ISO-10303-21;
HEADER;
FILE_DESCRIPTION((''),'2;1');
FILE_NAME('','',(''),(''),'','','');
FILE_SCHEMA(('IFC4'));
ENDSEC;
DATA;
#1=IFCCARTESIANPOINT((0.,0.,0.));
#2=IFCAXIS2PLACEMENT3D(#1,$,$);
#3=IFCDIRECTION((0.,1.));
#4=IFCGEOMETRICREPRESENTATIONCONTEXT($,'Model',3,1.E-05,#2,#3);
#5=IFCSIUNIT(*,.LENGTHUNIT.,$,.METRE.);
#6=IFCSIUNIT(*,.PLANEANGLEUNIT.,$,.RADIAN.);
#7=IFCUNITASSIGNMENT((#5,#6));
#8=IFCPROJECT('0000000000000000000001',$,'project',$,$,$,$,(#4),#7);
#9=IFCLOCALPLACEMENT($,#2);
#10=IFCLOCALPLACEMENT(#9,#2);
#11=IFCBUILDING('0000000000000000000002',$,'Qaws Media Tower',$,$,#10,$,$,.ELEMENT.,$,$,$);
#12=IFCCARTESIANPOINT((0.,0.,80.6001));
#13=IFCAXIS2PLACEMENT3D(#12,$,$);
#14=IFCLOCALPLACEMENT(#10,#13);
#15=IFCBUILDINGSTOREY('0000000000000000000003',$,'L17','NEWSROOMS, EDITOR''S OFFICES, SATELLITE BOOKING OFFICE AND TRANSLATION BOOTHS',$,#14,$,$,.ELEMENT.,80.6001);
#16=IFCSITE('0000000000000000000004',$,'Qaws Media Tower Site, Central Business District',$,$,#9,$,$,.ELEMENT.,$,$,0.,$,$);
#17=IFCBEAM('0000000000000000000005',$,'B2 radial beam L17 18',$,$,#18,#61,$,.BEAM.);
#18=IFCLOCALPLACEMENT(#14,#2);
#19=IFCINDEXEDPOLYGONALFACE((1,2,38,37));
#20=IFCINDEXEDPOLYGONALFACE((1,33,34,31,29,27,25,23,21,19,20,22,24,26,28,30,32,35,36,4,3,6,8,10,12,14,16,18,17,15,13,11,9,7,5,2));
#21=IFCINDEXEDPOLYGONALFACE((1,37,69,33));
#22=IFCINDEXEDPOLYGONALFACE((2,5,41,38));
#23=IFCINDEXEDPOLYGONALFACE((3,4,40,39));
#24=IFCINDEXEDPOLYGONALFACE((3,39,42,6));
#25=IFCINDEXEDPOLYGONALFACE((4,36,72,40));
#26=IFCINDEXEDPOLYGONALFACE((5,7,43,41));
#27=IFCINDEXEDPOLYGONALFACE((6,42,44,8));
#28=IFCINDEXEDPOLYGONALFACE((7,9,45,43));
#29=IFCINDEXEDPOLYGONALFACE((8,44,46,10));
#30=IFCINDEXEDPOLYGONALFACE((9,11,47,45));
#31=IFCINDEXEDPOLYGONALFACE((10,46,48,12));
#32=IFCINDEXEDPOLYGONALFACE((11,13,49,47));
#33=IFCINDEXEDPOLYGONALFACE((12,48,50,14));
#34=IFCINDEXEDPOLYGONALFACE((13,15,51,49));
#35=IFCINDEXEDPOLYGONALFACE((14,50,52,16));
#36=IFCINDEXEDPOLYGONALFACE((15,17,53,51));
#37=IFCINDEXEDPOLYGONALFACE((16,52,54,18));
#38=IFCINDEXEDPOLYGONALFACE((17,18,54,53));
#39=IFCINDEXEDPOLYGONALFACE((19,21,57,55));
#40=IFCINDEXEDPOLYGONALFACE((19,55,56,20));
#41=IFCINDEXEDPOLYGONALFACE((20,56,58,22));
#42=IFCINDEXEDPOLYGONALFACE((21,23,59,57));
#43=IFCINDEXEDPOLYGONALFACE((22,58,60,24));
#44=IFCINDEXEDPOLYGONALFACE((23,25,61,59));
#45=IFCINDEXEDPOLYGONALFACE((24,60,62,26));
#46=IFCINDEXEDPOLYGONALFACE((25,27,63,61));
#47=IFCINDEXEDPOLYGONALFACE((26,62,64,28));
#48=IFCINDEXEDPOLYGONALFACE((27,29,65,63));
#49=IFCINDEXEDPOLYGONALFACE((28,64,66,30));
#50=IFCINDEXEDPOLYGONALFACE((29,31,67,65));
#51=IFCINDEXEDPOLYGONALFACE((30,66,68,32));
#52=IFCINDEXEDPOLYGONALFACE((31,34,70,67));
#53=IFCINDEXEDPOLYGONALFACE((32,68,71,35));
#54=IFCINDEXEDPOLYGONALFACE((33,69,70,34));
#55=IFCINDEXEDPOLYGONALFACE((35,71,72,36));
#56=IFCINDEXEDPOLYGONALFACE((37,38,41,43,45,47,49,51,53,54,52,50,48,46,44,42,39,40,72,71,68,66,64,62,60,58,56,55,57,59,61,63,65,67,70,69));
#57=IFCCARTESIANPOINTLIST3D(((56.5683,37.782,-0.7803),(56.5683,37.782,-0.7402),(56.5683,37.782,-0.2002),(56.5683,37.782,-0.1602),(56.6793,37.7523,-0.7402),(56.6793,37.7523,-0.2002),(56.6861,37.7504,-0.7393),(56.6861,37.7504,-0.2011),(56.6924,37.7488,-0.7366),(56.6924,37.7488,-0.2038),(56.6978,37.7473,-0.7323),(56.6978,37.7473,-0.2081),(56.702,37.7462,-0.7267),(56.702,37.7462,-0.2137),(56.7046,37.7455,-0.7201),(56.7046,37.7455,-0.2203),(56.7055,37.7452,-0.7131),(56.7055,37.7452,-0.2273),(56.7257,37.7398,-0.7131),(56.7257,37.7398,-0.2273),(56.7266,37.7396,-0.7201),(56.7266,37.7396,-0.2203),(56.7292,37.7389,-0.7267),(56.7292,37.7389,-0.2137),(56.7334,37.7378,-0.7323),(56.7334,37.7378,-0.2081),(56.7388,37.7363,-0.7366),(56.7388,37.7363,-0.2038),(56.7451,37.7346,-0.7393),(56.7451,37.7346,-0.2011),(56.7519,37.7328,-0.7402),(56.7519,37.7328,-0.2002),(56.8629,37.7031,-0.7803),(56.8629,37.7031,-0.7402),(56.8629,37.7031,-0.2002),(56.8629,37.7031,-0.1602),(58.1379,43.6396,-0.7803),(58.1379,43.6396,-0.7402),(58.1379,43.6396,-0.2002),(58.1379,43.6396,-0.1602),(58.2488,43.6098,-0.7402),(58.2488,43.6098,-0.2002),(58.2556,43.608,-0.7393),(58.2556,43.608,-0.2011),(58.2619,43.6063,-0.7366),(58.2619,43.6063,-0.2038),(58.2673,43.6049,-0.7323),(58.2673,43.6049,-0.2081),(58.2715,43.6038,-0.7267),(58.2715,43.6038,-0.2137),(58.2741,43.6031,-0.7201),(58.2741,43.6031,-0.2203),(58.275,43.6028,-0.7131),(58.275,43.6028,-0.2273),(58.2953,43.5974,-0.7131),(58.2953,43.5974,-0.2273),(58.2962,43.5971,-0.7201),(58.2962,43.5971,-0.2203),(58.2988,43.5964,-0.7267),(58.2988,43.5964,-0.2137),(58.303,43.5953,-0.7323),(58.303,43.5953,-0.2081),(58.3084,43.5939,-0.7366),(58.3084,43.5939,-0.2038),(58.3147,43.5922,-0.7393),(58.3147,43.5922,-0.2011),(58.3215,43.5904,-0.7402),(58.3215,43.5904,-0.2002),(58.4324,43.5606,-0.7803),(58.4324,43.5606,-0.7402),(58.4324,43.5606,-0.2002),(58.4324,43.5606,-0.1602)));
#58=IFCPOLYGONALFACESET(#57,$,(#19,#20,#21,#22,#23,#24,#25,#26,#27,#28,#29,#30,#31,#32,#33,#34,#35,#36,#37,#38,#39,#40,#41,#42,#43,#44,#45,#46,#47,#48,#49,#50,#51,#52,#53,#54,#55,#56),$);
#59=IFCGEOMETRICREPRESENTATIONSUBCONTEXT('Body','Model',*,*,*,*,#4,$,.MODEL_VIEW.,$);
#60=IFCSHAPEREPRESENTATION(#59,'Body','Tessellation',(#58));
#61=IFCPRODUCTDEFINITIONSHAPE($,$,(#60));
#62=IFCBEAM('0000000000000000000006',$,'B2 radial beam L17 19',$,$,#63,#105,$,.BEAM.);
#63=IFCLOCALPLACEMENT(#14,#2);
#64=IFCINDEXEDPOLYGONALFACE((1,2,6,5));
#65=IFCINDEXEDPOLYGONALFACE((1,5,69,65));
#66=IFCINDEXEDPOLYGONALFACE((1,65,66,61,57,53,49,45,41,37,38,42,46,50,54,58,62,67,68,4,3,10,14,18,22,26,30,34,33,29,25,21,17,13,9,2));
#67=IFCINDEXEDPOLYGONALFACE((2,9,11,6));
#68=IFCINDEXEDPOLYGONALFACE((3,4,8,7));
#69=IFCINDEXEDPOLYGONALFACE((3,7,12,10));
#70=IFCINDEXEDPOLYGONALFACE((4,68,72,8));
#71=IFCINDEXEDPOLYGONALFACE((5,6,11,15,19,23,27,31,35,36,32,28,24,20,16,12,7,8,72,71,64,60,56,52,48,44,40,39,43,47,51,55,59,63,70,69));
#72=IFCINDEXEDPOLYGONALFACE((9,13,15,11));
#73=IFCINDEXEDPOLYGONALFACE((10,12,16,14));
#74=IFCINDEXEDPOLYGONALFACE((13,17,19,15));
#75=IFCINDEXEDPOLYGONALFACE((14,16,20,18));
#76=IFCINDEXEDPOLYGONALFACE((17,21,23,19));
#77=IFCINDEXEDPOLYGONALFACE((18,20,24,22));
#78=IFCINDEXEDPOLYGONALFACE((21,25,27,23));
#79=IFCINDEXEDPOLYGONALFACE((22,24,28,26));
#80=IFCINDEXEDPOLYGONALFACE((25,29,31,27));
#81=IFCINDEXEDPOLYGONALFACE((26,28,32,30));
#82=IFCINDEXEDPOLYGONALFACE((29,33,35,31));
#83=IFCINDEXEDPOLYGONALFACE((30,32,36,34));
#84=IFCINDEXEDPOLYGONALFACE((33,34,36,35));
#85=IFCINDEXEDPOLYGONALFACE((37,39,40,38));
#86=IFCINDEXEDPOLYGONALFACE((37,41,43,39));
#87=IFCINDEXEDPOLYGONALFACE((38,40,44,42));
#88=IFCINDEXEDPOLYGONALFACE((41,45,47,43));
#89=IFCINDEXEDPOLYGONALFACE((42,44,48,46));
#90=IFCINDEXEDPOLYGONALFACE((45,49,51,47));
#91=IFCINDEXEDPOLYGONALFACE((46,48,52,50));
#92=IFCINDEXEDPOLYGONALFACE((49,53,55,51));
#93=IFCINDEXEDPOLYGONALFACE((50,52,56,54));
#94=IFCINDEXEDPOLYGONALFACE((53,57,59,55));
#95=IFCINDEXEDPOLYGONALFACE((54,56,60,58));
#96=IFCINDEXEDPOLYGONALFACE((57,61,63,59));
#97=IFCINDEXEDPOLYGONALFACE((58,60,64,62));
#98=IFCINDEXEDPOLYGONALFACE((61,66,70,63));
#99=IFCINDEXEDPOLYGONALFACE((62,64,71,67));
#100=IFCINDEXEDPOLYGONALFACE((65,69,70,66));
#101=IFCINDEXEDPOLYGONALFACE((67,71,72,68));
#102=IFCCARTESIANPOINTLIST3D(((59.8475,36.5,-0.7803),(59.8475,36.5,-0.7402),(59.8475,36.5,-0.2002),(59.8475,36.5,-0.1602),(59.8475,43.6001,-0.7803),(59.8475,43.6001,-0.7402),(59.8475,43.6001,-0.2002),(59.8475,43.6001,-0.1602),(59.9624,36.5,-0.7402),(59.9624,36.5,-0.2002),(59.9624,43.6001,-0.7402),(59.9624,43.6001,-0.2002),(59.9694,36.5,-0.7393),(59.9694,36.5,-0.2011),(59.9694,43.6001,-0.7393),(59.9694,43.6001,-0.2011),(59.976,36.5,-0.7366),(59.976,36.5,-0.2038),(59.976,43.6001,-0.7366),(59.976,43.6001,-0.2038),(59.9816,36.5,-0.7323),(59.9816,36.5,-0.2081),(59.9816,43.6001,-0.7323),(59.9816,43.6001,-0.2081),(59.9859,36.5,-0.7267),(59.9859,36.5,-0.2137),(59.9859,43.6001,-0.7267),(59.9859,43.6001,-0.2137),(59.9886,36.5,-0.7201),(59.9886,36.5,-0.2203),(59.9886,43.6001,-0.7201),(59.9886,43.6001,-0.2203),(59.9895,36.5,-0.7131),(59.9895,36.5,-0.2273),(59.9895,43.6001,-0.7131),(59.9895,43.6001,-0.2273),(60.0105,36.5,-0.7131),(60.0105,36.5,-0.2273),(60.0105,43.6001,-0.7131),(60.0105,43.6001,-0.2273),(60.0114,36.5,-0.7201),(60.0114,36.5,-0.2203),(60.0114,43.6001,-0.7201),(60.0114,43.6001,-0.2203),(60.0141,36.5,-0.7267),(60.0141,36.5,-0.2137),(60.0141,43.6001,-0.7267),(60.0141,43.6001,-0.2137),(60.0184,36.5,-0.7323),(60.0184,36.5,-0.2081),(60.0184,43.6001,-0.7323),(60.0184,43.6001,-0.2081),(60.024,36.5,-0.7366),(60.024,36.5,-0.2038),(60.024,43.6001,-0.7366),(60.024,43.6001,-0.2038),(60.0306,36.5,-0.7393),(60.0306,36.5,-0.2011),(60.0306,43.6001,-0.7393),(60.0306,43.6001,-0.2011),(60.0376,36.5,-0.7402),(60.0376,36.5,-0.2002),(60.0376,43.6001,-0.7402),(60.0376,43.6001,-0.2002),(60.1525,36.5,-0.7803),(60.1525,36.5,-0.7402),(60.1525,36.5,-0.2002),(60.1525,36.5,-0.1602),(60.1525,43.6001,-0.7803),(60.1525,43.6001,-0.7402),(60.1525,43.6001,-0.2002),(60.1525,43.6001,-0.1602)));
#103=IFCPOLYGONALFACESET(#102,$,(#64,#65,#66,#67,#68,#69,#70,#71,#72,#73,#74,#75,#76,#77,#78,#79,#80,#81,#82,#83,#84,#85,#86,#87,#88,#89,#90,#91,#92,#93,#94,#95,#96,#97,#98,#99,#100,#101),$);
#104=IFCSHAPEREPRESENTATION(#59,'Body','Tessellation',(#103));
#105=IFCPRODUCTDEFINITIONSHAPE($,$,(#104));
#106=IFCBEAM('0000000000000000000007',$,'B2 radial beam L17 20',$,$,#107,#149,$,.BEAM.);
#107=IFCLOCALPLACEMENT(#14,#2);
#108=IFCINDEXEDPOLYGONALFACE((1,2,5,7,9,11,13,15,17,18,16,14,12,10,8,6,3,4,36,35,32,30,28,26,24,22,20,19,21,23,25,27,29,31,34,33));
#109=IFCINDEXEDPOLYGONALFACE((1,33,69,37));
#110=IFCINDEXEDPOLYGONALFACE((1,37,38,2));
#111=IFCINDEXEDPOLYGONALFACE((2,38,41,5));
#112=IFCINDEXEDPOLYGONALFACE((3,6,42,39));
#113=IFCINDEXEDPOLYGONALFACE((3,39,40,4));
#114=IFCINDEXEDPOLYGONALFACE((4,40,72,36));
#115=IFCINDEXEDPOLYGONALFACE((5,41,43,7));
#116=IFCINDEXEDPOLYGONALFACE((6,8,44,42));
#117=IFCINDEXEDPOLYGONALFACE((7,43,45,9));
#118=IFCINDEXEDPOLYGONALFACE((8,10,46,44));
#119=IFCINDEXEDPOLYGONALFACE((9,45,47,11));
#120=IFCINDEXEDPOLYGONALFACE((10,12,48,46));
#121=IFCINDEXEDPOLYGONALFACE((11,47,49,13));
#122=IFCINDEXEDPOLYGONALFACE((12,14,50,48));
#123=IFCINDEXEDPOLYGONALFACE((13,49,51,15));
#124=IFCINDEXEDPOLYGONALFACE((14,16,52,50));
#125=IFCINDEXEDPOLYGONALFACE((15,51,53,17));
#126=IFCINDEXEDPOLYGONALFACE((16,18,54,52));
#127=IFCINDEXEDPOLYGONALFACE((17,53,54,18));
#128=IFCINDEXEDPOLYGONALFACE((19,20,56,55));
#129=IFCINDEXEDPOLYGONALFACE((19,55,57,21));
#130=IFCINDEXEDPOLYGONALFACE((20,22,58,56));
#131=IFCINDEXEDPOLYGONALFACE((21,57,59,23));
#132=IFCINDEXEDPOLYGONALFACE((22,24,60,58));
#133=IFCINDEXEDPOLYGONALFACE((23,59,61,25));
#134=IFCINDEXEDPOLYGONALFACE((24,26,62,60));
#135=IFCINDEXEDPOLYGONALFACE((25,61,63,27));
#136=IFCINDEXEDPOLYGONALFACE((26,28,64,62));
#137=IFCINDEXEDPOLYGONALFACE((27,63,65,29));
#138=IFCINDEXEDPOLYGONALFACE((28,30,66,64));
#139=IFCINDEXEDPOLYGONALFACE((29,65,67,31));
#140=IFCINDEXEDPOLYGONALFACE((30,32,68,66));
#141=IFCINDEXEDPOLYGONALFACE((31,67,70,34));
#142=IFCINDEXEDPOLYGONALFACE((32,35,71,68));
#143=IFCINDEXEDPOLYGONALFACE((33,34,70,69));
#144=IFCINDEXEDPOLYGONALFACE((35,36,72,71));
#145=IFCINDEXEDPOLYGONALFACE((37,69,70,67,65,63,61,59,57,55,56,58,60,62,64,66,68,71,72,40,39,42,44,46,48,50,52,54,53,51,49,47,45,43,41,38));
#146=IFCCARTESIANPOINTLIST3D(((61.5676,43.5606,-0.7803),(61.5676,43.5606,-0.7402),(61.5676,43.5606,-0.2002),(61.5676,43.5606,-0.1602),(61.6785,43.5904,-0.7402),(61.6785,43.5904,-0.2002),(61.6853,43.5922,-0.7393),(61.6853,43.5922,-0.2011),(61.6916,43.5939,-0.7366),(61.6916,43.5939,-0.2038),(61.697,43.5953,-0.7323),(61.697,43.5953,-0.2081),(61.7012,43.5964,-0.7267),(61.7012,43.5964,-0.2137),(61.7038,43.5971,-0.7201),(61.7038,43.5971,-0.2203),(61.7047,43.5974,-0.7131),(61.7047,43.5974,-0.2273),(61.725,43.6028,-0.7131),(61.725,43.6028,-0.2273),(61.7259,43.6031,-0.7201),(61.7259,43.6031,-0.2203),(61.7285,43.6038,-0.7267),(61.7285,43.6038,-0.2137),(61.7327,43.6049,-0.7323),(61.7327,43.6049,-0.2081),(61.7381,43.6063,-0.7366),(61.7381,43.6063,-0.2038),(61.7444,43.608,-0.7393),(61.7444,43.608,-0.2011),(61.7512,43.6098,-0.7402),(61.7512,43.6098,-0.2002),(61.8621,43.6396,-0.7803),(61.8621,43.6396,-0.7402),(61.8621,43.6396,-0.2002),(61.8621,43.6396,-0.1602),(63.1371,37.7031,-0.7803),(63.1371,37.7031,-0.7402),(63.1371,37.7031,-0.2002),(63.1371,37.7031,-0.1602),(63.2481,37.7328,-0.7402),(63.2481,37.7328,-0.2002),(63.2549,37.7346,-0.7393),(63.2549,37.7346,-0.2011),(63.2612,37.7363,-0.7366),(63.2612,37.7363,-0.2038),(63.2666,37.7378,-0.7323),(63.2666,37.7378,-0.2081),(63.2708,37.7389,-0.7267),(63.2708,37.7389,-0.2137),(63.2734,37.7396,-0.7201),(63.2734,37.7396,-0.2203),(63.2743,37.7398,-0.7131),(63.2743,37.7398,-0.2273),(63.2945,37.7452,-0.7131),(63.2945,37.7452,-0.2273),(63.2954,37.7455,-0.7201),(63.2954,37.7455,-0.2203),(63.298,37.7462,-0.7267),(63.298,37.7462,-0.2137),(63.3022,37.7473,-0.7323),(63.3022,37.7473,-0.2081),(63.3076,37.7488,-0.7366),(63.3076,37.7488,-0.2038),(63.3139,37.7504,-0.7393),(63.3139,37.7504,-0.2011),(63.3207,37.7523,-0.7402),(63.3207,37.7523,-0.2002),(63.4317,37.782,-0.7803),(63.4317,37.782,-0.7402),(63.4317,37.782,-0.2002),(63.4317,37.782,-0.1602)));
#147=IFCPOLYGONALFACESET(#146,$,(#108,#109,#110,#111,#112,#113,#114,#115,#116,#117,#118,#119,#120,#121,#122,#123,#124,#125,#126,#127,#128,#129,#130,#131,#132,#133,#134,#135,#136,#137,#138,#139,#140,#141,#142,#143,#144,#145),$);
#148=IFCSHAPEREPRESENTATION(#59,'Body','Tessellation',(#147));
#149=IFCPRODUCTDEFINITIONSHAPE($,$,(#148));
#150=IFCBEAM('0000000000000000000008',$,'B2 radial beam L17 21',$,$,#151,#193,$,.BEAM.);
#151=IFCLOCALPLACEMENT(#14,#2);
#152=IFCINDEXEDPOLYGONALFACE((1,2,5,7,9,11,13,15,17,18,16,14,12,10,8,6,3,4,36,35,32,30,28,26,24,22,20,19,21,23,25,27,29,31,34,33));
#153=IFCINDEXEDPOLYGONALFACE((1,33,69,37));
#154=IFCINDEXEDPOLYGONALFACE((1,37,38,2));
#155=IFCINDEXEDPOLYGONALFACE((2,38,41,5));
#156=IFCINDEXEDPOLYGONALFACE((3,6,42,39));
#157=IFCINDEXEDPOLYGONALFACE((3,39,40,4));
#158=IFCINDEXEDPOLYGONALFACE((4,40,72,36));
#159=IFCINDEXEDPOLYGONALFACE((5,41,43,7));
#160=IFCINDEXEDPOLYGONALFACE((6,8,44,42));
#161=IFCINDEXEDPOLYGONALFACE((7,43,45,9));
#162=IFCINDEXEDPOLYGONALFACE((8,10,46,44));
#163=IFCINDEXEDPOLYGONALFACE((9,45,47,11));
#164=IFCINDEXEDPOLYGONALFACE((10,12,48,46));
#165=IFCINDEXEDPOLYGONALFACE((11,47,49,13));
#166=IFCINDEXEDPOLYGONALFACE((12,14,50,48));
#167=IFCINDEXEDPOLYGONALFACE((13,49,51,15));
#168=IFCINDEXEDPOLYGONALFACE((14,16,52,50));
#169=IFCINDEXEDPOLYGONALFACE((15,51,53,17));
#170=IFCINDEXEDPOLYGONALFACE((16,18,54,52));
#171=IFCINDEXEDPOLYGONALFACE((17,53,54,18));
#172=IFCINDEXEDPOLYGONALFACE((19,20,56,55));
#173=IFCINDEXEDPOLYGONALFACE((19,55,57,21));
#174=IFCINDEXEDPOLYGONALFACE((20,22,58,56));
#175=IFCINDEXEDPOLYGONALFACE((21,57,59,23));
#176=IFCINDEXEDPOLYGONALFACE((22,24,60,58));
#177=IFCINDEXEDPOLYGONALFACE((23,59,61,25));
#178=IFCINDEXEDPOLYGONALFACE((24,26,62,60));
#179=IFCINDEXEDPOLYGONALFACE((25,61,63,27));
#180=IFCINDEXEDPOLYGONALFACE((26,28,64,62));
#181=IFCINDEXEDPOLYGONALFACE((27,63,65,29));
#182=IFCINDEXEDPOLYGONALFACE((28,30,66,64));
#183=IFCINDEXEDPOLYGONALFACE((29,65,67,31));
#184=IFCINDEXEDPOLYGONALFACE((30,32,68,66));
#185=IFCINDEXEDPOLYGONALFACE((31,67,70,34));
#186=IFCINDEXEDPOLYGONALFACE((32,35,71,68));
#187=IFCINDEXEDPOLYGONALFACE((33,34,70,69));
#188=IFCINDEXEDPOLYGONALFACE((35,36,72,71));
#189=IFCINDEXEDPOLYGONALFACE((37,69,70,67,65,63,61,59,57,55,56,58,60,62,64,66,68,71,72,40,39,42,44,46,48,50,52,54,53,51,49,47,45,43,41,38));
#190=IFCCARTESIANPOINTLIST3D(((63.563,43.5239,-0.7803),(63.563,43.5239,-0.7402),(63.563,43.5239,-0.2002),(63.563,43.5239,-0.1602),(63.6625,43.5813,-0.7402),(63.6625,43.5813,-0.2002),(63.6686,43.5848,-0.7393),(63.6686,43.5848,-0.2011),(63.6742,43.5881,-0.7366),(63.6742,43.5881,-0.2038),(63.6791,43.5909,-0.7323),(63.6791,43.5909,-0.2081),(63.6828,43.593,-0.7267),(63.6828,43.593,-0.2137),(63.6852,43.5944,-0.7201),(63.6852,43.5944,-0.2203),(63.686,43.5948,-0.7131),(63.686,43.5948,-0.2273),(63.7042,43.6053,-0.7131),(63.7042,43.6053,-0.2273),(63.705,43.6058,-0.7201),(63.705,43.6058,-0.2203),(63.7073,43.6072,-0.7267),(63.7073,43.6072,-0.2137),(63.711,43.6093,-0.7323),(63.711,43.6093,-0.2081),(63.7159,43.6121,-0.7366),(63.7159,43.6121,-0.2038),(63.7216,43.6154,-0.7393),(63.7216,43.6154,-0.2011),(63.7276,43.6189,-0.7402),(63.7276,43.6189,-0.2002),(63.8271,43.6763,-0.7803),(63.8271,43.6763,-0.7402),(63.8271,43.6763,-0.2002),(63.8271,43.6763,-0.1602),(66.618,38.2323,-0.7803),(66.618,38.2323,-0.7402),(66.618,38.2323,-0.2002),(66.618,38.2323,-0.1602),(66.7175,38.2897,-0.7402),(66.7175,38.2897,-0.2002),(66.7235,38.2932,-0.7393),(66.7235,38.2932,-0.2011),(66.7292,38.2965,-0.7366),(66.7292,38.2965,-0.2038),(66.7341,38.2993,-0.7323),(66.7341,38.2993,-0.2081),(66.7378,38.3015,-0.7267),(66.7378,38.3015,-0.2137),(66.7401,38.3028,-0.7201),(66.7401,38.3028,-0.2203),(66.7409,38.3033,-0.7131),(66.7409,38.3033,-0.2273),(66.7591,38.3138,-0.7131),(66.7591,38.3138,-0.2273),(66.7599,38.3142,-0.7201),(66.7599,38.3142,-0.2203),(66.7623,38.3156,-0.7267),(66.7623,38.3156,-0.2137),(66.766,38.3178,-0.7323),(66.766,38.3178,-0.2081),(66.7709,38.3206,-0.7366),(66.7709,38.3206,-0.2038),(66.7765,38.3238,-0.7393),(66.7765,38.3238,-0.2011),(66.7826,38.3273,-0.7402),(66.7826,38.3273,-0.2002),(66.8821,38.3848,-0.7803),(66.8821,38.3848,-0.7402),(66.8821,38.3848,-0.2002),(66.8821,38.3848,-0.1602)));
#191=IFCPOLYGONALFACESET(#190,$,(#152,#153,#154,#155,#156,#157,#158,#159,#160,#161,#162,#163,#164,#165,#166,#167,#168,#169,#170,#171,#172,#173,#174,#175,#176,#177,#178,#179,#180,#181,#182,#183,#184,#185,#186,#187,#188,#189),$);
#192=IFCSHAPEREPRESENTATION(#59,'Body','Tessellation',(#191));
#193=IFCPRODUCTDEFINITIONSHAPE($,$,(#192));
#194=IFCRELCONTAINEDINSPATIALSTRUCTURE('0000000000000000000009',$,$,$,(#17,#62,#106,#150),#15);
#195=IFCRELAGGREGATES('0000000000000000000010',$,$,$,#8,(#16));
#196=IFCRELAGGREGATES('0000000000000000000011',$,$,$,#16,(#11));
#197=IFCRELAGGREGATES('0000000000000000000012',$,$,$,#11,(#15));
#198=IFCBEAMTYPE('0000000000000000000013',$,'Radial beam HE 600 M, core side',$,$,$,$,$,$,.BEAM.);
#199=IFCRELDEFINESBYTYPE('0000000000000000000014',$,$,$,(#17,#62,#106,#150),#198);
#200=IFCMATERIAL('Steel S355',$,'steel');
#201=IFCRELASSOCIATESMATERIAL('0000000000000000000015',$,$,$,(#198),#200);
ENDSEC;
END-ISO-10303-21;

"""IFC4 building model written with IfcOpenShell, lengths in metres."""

from ifc_helpers import new_model, si_unit, direction, frame, origin, origin_2d, place, context, subcontext, project, spatial, i_section, extrude, material, material_profile, profile_set, type_object, element, save


model = new_model("IFC4")

# Units and contexts
model_context = context("Model", 3, precision=1e-05, world=origin(), true_north=direction((0.0, 1.0)))
body_context = subcontext(model_context, "Body", "Model", "MODEL_VIEW")
ifc_project = project(units=[si_unit("LENGTHUNIT", "METRE"), si_unit("PLANEANGLEUNIT", "RADIAN")], contexts=[model_context])

# Site, building, storey
site_placement = place(None, origin())
site = spatial("IfcSite", under=ifc_project, at=site_placement, Name="Qaws Media Tower Site, Central Business District", CompositionType="ELEMENT", RefElevation=0.0)
building_placement = place(site_placement, origin())
building = spatial("IfcBuilding", under=site, at=building_placement, Name="Qaws Media Tower", CompositionType="ELEMENT")
storey_placement = place(building_placement, frame((0.0, 0.0, 80.6001)))
storey = spatial("IfcBuildingStorey", under=building, at=storey_placement, Name="L17", Description="NEWSROOMS, EDITOR'S OFFICES, SATELLITE BOOKING OFFICE AND TRANSLATION BOOTHS", CompositionType="ELEMENT", Elevation=80.6001)

# Beams
ifc_material_1 = material(Name="Steel S355", Category="steel")
ifc_material_profile_1 = material_profile(ifc_material_1, i_section(OverallWidth=0.3049, OverallDepth=0.6201, WebThickness=0.021, FlangeThickness=0.04, FilletRadius=0.0271, at=origin_2d()), Name="HE 600 M")
ifc_profile_set_1 = profile_set([ifc_material_profile_1], Name="Steel S355")
beam_type_1 = type_object("IfcBeamType", Name="Radial beam HE 600 M, core side", PredefinedType="BEAM", material=ifc_profile_set_1)
beam_1_placement = place(storey_placement, frame((58.2852, 43.6001, -0.4702), z_axis=(-0.258823, -0.965925, 0.0), x_axis=(0.965925, -0.258823, 0.0)))
element("IfcBeam", 1, at=beam_1_placement, inside=storey, type_object=beam_type_1, Name="B2 radial beam L17 18", PredefinedType="BEAM", context=body_context, shape_type="SweptSolid", body=[
    extrude(i_section(OverallWidth=0.3049, OverallDepth=0.6201, WebThickness=0.021, FlangeThickness=0.04, FilletRadius=0.0271, at=origin_2d()), origin(), (0.0, 0.0, 1.0), 6.0642),
])
beam_2_placement = place(storey_placement, frame((60.0, 43.6001, -0.4702), z_axis=(0.0, -1.0, 0.0), x_axis=(1.0, 0.0, 0.0)))
element("IfcBeam", 2, at=beam_2_placement, inside=storey, type_object=beam_type_1, Name="B2 radial beam L17 19", PredefinedType="BEAM", context=body_context, shape_type="SweptSolid", body=[
    extrude(i_section(OverallWidth=0.3049, OverallDepth=0.6201, WebThickness=0.021, FlangeThickness=0.04, FilletRadius=0.0271, at=origin_2d()), origin(), (0.0, 0.0, 1.0), 7.1001),
])
beam_3_placement = place(storey_placement, frame((61.7148, 43.6001, -0.4702), z_axis=(0.258823, -0.965925, 0.0), x_axis=(0.965925, 0.258823, 0.0)))
element("IfcBeam", 3, at=beam_3_placement, inside=storey, type_object=beam_type_1, Name="B2 radial beam L17 20", PredefinedType="BEAM", context=body_context, shape_type="SweptSolid", body=[
    extrude(i_section(OverallWidth=0.3049, OverallDepth=0.6201, WebThickness=0.021, FlangeThickness=0.04, FilletRadius=0.0271, at=origin_2d()), origin(), (0.0, 0.0, 1.0), 6.0642),
])
beam_4_placement = place(storey_placement, frame((63.6951, 43.6001, -0.4702), z_axis=(0.499985, -0.866034, 0.0), x_axis=(0.866034, 0.499985, 0.0)))
element("IfcBeam", 4, at=beam_4_placement, inside=storey, type_object=beam_type_1, Name="B2 radial beam L17 21", PredefinedType="BEAM", context=body_context, shape_type="SweptSolid", body=[
    extrude(i_section(OverallWidth=0.3049, OverallDepth=0.6201, WebThickness=0.021, FlangeThickness=0.04, FilletRadius=0.0271, at=origin_2d()), origin(), (0.0, 0.0, 1.0), 6.1101),
])

save(model, "model.ifc")
